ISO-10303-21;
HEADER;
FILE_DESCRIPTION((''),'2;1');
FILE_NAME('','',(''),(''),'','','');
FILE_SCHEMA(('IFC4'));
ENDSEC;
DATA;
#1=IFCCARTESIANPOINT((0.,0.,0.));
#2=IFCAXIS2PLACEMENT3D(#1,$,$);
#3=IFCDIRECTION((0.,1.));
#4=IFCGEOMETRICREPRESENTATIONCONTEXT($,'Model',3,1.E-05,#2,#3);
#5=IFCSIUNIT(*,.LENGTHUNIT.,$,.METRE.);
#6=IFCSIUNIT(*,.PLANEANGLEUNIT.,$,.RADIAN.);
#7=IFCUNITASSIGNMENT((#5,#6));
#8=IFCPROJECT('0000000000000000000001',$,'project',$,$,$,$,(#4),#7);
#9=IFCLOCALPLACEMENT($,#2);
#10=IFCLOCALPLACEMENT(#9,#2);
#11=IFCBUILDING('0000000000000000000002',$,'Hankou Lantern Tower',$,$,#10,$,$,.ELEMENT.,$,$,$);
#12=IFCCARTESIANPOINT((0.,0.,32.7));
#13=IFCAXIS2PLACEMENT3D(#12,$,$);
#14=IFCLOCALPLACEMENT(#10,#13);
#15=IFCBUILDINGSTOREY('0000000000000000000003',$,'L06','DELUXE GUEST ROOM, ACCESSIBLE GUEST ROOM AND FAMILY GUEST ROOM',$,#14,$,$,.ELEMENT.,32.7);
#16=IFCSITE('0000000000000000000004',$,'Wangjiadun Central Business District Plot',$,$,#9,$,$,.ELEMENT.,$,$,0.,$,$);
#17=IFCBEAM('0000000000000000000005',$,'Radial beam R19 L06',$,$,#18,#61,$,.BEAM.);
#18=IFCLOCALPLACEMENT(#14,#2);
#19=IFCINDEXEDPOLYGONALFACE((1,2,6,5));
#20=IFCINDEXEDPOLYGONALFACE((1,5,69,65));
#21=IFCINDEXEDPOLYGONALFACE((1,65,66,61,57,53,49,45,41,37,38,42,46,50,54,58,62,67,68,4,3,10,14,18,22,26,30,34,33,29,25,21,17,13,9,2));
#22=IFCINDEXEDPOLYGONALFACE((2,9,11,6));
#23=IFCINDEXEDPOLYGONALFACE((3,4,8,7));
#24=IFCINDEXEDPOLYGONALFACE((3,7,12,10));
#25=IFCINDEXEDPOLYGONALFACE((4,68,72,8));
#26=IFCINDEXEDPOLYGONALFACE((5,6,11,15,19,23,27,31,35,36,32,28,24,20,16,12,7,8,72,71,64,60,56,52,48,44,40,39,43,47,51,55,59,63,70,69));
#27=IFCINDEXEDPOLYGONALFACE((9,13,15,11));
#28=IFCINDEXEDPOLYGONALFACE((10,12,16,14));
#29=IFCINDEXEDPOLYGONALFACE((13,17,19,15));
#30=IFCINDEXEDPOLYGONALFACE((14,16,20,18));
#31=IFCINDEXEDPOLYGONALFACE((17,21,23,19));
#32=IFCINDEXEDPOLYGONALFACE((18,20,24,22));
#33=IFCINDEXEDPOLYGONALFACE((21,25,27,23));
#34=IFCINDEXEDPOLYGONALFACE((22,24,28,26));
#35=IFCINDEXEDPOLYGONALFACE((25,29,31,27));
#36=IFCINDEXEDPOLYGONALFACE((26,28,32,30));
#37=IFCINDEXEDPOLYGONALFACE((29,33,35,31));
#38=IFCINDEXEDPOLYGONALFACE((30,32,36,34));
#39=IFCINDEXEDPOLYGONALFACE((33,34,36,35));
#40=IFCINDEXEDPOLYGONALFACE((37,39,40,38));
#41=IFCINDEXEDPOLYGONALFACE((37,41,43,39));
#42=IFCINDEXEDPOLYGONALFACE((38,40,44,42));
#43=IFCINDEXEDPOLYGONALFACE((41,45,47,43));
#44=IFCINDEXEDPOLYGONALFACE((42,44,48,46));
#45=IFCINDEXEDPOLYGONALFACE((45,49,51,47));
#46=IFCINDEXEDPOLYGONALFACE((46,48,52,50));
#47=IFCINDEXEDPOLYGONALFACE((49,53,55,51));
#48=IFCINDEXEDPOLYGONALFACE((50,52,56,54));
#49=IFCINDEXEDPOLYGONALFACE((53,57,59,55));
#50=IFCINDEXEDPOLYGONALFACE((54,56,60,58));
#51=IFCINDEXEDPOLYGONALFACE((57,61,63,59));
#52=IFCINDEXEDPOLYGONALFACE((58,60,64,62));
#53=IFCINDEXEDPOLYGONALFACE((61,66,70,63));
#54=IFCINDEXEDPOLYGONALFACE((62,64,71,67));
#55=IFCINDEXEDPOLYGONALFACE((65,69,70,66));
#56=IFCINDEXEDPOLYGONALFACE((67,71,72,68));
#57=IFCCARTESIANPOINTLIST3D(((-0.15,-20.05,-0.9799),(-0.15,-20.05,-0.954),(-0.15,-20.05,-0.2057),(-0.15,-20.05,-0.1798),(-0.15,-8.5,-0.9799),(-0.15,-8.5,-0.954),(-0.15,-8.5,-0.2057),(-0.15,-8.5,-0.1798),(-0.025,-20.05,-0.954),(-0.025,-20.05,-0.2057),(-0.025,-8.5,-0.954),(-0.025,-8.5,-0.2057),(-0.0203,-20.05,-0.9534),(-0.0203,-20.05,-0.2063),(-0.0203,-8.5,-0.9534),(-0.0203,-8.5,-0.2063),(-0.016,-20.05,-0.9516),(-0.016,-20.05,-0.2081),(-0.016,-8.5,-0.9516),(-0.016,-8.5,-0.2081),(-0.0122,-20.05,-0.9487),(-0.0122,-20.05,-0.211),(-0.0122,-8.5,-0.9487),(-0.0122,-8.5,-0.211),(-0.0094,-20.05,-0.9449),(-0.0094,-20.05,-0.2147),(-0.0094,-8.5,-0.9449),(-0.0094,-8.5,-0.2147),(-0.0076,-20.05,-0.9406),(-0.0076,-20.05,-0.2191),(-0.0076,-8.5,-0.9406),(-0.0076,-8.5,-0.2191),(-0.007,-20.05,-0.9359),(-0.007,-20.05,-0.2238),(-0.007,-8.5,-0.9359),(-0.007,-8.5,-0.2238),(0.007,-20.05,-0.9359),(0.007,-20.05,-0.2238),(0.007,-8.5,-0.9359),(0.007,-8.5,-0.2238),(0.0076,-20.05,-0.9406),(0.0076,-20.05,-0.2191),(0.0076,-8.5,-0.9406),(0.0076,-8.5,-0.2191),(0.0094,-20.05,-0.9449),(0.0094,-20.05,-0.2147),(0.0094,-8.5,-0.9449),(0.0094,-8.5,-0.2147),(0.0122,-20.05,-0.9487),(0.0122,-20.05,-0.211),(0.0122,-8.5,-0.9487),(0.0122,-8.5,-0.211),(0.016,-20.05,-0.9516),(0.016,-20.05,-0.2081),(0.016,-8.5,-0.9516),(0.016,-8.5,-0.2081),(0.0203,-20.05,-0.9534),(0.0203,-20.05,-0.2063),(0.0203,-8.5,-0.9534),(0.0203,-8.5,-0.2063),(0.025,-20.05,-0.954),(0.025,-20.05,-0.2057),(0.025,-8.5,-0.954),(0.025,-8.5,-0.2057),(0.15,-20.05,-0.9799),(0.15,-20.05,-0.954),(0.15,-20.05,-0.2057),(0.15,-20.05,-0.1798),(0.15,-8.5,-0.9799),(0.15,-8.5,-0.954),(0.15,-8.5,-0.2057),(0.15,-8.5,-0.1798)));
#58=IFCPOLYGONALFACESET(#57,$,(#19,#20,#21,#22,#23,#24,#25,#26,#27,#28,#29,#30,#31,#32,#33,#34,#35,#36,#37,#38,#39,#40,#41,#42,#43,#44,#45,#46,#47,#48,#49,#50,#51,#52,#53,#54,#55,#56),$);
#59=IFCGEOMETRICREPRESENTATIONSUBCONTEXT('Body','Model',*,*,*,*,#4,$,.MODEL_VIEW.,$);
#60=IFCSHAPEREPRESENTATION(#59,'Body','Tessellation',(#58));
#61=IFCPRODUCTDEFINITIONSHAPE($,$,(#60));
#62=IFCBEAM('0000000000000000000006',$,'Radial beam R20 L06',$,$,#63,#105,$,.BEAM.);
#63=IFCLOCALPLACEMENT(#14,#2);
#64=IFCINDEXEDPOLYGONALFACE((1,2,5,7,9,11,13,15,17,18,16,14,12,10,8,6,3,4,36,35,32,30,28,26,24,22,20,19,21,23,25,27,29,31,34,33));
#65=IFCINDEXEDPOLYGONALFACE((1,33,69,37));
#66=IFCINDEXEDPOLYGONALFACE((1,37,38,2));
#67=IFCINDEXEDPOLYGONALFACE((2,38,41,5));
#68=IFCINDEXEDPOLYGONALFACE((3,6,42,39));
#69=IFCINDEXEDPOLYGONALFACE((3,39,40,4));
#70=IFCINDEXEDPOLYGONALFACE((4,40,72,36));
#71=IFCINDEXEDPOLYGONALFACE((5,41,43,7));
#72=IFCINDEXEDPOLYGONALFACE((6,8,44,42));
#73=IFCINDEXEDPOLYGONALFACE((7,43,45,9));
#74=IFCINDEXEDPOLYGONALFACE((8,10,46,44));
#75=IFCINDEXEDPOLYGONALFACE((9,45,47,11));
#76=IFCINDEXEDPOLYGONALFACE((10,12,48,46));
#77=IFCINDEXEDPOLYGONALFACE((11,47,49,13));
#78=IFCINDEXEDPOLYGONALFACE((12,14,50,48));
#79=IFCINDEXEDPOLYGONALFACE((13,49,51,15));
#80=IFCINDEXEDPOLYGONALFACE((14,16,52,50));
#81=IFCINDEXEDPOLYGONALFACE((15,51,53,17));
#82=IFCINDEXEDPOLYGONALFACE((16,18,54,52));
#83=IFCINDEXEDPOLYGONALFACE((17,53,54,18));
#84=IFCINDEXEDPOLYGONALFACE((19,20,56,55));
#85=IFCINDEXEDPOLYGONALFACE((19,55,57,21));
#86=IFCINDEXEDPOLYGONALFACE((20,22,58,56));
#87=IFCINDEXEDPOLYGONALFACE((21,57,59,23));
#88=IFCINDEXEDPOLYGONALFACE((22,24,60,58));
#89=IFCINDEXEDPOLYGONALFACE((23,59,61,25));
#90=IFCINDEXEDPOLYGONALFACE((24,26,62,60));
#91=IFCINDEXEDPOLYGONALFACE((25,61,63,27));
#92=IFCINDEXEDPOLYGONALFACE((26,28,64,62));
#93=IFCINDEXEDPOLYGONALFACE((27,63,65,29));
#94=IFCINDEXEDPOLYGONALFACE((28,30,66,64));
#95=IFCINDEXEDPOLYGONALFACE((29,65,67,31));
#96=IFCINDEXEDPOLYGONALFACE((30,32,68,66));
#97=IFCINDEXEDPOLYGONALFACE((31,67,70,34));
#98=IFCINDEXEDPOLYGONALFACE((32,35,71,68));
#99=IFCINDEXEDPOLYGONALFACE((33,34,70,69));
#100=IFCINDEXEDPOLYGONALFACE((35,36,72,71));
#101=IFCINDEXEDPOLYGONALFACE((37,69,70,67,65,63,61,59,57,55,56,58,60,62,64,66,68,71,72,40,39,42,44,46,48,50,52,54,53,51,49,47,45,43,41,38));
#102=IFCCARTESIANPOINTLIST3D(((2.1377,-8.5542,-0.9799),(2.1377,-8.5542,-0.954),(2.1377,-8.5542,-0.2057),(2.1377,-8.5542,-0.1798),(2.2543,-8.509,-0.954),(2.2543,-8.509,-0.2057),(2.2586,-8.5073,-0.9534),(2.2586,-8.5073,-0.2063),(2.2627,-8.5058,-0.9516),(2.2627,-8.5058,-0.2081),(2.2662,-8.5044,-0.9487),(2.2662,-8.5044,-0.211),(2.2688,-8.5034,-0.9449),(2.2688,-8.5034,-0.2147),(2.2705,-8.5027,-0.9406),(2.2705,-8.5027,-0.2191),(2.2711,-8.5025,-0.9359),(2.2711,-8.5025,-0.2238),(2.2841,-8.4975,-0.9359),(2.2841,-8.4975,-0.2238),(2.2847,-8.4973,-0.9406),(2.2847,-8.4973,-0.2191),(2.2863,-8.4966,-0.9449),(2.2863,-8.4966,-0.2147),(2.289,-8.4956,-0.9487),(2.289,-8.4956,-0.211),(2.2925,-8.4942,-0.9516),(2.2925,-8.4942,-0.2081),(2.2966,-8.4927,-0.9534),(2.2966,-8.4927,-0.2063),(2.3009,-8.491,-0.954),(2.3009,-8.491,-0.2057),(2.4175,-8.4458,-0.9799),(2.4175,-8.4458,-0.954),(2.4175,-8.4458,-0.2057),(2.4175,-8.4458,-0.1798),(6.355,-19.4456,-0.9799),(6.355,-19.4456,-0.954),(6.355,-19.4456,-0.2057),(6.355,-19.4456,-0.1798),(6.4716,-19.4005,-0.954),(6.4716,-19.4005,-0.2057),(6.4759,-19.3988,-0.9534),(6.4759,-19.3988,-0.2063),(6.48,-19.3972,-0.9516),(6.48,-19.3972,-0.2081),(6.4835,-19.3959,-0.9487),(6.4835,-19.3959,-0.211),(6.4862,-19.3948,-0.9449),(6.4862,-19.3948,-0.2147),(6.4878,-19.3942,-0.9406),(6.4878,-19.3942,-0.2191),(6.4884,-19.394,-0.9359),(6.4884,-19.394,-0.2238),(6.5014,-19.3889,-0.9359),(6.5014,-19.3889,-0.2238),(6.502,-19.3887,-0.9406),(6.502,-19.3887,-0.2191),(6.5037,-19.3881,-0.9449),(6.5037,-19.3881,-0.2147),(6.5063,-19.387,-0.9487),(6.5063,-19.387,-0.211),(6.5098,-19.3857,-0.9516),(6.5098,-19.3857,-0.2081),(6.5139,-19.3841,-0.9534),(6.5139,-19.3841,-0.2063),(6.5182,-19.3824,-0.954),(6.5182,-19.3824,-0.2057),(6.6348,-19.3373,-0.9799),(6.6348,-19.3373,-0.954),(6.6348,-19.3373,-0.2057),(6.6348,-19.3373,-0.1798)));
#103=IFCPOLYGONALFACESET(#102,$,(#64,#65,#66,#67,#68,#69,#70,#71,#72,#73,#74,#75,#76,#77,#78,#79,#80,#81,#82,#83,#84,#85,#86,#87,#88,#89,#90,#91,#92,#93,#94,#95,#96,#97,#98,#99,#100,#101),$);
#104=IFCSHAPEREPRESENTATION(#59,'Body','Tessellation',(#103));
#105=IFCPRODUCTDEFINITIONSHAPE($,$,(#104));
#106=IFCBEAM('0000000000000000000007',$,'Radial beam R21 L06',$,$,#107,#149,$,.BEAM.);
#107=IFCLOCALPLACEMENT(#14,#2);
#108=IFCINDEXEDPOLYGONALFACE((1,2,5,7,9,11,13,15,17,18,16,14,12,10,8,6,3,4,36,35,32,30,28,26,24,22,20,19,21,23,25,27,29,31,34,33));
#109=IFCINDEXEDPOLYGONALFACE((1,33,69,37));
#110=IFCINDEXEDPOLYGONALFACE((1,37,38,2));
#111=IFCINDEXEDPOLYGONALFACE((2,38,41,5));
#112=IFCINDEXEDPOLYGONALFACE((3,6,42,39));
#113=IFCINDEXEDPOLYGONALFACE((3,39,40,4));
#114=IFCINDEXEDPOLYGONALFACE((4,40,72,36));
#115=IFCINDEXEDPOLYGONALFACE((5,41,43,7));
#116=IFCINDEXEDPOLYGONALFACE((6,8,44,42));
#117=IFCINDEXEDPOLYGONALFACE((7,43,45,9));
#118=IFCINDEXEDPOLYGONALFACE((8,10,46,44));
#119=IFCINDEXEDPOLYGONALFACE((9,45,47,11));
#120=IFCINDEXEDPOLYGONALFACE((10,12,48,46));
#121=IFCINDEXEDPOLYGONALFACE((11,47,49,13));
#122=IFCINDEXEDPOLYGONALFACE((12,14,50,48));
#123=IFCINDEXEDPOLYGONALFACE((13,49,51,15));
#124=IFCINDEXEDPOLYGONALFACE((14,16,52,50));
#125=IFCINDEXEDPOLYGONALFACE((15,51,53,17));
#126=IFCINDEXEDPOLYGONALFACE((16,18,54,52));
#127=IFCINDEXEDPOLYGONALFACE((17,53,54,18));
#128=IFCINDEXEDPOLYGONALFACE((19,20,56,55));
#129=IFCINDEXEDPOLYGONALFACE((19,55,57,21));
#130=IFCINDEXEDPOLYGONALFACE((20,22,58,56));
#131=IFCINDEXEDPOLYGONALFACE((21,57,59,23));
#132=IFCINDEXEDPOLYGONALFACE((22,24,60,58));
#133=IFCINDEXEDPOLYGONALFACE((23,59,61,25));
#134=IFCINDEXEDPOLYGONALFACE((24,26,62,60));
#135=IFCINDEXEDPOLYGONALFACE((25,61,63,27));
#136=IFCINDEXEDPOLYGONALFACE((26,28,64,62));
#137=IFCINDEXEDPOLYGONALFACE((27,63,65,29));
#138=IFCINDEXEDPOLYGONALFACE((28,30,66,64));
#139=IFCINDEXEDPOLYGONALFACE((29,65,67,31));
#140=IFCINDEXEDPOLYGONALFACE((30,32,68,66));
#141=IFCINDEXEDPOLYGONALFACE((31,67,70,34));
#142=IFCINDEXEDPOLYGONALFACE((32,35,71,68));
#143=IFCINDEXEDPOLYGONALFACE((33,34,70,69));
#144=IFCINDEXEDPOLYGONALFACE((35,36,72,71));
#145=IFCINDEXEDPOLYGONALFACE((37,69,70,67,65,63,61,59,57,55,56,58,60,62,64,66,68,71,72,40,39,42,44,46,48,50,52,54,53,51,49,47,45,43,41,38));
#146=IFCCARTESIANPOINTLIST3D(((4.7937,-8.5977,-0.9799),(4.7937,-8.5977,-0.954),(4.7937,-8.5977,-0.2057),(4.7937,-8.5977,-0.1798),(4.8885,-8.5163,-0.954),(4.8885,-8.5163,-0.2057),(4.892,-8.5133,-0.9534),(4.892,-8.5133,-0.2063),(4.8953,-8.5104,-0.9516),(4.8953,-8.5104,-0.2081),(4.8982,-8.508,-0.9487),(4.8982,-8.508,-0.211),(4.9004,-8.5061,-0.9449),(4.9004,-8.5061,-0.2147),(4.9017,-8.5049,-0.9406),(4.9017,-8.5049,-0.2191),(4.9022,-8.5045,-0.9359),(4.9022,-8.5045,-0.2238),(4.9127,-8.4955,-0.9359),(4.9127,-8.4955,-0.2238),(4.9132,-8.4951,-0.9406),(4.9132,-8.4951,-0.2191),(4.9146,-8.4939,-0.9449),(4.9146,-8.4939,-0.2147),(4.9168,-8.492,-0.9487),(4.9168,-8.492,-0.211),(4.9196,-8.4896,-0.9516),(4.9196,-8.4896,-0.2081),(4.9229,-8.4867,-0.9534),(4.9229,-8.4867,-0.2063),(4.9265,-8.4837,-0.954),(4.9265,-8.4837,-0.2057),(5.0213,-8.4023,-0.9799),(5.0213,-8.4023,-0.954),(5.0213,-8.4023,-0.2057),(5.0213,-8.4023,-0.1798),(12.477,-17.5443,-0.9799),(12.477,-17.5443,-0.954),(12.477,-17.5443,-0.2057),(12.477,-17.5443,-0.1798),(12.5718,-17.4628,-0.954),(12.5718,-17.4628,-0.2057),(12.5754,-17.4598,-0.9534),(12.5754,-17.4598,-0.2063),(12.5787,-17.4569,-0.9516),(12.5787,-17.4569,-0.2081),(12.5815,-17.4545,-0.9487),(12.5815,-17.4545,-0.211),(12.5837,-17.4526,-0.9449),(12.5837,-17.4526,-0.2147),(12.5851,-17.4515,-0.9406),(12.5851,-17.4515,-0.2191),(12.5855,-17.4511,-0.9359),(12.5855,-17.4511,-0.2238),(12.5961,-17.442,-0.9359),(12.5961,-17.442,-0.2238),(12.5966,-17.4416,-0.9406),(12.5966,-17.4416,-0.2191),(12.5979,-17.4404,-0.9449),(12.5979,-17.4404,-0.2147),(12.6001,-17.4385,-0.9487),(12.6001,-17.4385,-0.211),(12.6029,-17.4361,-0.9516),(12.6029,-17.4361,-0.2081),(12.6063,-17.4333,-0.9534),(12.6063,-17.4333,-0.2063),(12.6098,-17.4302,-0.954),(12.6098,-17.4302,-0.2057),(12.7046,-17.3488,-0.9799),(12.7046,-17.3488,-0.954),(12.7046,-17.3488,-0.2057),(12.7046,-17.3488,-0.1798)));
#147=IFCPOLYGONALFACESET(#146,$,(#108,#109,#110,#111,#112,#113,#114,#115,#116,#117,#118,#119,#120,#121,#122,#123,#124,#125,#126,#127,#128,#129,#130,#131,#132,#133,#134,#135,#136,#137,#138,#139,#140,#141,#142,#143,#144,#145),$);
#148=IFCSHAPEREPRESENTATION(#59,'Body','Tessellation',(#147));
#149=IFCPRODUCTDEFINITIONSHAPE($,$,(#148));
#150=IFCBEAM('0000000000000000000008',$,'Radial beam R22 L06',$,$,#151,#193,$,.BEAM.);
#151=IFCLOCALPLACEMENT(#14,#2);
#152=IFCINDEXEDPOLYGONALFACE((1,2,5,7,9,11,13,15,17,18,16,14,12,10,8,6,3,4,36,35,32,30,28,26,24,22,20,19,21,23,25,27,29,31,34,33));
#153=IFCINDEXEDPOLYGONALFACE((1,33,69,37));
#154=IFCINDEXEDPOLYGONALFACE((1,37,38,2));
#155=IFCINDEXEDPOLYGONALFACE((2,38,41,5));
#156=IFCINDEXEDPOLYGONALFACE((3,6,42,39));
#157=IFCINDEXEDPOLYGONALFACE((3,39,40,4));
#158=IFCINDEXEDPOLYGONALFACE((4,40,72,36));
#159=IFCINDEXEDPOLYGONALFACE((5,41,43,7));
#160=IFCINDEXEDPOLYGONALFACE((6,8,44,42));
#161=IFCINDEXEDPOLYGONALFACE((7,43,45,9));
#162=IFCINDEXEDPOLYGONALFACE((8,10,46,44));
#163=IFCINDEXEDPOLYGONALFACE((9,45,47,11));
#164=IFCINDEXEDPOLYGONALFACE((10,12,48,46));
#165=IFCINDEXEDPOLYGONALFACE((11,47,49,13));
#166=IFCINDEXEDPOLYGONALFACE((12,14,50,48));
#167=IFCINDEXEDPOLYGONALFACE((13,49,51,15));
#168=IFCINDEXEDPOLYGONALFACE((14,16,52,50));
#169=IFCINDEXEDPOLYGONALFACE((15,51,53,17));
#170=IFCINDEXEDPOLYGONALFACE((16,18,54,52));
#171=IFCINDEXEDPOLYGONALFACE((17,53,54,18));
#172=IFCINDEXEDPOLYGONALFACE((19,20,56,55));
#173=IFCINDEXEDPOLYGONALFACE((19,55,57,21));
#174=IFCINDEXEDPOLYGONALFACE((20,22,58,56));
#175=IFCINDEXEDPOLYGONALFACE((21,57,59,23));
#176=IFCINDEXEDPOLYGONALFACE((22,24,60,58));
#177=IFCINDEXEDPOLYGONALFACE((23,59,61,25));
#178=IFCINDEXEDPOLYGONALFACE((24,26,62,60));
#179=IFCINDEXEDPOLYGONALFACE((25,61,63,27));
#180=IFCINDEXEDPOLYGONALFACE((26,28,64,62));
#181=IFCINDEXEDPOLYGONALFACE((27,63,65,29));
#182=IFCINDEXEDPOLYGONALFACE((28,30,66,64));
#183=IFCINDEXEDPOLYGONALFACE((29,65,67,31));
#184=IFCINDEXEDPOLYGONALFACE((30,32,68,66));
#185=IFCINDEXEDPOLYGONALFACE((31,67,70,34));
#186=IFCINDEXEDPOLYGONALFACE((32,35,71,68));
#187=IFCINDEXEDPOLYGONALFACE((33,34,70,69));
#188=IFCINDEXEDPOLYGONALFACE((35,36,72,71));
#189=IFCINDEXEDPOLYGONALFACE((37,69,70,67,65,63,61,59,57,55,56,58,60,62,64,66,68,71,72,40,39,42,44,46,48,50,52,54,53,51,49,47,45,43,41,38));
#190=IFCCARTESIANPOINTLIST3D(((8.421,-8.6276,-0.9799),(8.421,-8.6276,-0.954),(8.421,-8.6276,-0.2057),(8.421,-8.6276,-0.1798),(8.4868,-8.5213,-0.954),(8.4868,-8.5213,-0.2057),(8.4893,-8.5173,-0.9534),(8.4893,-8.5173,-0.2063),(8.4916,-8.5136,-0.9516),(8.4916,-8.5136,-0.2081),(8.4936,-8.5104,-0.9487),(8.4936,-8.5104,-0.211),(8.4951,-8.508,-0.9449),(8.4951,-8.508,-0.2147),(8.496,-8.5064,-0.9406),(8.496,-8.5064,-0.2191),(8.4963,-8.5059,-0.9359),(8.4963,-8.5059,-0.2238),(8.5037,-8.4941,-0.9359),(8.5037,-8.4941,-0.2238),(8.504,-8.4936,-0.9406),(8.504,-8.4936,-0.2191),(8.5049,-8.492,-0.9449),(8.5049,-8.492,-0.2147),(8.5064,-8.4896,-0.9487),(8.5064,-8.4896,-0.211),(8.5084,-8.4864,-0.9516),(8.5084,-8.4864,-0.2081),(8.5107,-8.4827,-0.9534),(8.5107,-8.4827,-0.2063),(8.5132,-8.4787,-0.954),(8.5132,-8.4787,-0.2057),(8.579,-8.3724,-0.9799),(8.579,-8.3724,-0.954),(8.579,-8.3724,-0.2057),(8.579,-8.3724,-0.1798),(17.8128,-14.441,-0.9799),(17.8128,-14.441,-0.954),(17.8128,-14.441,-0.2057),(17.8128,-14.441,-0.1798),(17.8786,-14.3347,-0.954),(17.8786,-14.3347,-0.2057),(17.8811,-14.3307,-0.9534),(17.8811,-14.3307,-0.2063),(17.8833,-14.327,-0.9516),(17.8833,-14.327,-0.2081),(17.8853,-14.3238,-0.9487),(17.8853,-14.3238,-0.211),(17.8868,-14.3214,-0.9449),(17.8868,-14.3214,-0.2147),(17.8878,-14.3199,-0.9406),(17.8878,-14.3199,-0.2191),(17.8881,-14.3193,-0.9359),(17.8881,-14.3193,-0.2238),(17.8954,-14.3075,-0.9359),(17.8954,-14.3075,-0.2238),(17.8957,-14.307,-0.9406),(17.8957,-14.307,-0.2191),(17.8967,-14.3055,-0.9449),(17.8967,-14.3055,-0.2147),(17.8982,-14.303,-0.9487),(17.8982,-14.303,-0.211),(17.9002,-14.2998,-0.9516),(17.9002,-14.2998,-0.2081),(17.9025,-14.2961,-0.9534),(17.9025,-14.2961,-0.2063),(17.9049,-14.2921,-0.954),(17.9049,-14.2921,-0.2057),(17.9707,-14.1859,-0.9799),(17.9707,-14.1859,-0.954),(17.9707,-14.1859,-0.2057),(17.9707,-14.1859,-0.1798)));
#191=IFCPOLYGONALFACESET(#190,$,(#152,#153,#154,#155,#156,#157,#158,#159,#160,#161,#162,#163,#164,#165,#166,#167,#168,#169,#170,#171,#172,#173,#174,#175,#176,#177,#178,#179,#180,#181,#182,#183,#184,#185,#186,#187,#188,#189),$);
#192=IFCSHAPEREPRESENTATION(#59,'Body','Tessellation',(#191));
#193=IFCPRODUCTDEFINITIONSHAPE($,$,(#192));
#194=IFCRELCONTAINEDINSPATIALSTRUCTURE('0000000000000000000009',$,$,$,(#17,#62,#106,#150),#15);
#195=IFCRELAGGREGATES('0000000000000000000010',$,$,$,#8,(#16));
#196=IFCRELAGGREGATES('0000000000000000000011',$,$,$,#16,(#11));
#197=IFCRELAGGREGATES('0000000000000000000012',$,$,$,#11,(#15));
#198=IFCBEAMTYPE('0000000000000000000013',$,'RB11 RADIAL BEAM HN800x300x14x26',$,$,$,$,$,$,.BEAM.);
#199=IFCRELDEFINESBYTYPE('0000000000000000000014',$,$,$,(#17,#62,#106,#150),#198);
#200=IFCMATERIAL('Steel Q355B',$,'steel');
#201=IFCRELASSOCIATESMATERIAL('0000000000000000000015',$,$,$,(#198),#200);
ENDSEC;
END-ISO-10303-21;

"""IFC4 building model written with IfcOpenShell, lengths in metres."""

from ifc_helpers import new_model, si_unit, direction, frame, origin, origin_2d, place, context, subcontext, project, spatial, i_section, extrude, material, material_profile, profile_set, type_object, element, save


model = new_model("IFC4")

# Units and contexts
model_context = context("Model", 3, precision=1e-05, world=origin(), true_north=direction((0.0, 1.0)))
body_context = subcontext(model_context, "Body", "Model", "MODEL_VIEW")
ifc_project = project(units=[si_unit("LENGTHUNIT", "METRE"), si_unit("PLANEANGLEUNIT", "RADIAN")], contexts=[model_context])

# Site, building, storey
site_placement = place(None, origin())
site = spatial("IfcSite", under=ifc_project, at=site_placement, Name="Wangjiadun Central Business District Plot", CompositionType="ELEMENT", RefElevation=0.0)
building_placement = place(site_placement, origin())
building = spatial("IfcBuilding", under=site, at=building_placement, Name="Hankou Lantern Tower", CompositionType="ELEMENT")
storey_placement = place(building_placement, frame((0.0, 0.0, 32.7)))
storey = spatial("IfcBuildingStorey", under=building, at=storey_placement, Name="L06", Description="DELUXE GUEST ROOM, ACCESSIBLE GUEST ROOM AND FAMILY GUEST ROOM", CompositionType="ELEMENT", Elevation=32.7)

# Beams
ifc_material_1 = material(Name="Steel Q355B", Category="steel")
ifc_material_profile = material_profile(ifc_material_1, i_section(OverallWidth=0.3, OverallDepth=0.8, WebThickness=0.0139, FlangeThickness=0.0259, FilletRadius=0.0181, at=origin_2d()), Name="HN800x300x14x26")
ifc_profile_set = profile_set([ifc_material_profile], Name="Steel Q355B")
beam_type = type_object("IfcBeamType", Name="RB11 RADIAL BEAM HN800x300x14x26", PredefinedType="BEAM", material=ifc_profile_set)
beam_1_placement = place(storey_placement, frame((0.0, -8.5, -0.5798), z_axis=(0.0, -1.0, 0.0), x_axis=(1.0, 0.0, 0.0)))
element("IfcBeam", 1, at=beam_1_placement, inside=storey, type_object=beam_type, Name="Radial beam R19 L06", PredefinedType="BEAM", context=body_context, shape_type="SweptSolid", body=[
    extrude(i_section(OverallWidth=0.3, OverallDepth=0.8, WebThickness=0.0139, FlangeThickness=0.0259, FilletRadius=0.0181, at=origin_2d()), origin(), (0.0, 0.0, 1.0), 11.55),
])
beam_2_placement = place(storey_placement, frame((2.2776, -8.5, -0.5798), z_axis=(0.361089, -0.932531, 0.0), x_axis=(0.932531, 0.361089, 0.0)))
element("IfcBeam", 2, at=beam_2_placement, inside=storey, type_object=beam_type, Name="Radial beam R20 L06", PredefinedType="BEAM", context=body_context, shape_type="SweptSolid", body=[
    extrude(i_section(OverallWidth=0.3, OverallDepth=0.8, WebThickness=0.0139, FlangeThickness=0.0259, FilletRadius=0.0181, at=origin_2d()), origin(), (0.0, 0.0, 1.0), 11.6794),
])
beam_3_placement = place(storey_placement, frame((4.9075, -8.5, -0.5798), z_axis=(0.651519, -0.758632, 0.0), x_axis=(0.758632, 0.651519, 0.0)))
element("IfcBeam", 3, at=beam_3_placement, inside=storey, type_object=beam_type, Name="Radial beam R21 L06", PredefinedType="BEAM", context=body_context, shape_type="SweptSolid", body=[
    extrude(i_section(OverallWidth=0.3, OverallDepth=0.8, WebThickness=0.0139, FlangeThickness=0.0259, FilletRadius=0.0181, at=origin_2d()), origin(), (0.0, 0.0, 1.0), 11.793),
])
beam_4_placement = place(storey_placement, frame((8.5, -8.5, -0.5798), z_axis=(0.850286, -0.52632, 0.0), x_axis=(0.52632, 0.850286, 0.0)))
element("IfcBeam", 4, at=beam_4_placement, inside=storey, type_object=beam_type, Name="Radial beam R22 L06", PredefinedType="BEAM", context=body_context, shape_type="SweptSolid", body=[
    extrude(i_section(OverallWidth=0.3, OverallDepth=0.8, WebThickness=0.0139, FlangeThickness=0.0259, FilletRadius=0.0181, at=origin_2d()), origin(), (0.0, 0.0, 1.0), 11.0454),
])

save(model, "model.ifc")
